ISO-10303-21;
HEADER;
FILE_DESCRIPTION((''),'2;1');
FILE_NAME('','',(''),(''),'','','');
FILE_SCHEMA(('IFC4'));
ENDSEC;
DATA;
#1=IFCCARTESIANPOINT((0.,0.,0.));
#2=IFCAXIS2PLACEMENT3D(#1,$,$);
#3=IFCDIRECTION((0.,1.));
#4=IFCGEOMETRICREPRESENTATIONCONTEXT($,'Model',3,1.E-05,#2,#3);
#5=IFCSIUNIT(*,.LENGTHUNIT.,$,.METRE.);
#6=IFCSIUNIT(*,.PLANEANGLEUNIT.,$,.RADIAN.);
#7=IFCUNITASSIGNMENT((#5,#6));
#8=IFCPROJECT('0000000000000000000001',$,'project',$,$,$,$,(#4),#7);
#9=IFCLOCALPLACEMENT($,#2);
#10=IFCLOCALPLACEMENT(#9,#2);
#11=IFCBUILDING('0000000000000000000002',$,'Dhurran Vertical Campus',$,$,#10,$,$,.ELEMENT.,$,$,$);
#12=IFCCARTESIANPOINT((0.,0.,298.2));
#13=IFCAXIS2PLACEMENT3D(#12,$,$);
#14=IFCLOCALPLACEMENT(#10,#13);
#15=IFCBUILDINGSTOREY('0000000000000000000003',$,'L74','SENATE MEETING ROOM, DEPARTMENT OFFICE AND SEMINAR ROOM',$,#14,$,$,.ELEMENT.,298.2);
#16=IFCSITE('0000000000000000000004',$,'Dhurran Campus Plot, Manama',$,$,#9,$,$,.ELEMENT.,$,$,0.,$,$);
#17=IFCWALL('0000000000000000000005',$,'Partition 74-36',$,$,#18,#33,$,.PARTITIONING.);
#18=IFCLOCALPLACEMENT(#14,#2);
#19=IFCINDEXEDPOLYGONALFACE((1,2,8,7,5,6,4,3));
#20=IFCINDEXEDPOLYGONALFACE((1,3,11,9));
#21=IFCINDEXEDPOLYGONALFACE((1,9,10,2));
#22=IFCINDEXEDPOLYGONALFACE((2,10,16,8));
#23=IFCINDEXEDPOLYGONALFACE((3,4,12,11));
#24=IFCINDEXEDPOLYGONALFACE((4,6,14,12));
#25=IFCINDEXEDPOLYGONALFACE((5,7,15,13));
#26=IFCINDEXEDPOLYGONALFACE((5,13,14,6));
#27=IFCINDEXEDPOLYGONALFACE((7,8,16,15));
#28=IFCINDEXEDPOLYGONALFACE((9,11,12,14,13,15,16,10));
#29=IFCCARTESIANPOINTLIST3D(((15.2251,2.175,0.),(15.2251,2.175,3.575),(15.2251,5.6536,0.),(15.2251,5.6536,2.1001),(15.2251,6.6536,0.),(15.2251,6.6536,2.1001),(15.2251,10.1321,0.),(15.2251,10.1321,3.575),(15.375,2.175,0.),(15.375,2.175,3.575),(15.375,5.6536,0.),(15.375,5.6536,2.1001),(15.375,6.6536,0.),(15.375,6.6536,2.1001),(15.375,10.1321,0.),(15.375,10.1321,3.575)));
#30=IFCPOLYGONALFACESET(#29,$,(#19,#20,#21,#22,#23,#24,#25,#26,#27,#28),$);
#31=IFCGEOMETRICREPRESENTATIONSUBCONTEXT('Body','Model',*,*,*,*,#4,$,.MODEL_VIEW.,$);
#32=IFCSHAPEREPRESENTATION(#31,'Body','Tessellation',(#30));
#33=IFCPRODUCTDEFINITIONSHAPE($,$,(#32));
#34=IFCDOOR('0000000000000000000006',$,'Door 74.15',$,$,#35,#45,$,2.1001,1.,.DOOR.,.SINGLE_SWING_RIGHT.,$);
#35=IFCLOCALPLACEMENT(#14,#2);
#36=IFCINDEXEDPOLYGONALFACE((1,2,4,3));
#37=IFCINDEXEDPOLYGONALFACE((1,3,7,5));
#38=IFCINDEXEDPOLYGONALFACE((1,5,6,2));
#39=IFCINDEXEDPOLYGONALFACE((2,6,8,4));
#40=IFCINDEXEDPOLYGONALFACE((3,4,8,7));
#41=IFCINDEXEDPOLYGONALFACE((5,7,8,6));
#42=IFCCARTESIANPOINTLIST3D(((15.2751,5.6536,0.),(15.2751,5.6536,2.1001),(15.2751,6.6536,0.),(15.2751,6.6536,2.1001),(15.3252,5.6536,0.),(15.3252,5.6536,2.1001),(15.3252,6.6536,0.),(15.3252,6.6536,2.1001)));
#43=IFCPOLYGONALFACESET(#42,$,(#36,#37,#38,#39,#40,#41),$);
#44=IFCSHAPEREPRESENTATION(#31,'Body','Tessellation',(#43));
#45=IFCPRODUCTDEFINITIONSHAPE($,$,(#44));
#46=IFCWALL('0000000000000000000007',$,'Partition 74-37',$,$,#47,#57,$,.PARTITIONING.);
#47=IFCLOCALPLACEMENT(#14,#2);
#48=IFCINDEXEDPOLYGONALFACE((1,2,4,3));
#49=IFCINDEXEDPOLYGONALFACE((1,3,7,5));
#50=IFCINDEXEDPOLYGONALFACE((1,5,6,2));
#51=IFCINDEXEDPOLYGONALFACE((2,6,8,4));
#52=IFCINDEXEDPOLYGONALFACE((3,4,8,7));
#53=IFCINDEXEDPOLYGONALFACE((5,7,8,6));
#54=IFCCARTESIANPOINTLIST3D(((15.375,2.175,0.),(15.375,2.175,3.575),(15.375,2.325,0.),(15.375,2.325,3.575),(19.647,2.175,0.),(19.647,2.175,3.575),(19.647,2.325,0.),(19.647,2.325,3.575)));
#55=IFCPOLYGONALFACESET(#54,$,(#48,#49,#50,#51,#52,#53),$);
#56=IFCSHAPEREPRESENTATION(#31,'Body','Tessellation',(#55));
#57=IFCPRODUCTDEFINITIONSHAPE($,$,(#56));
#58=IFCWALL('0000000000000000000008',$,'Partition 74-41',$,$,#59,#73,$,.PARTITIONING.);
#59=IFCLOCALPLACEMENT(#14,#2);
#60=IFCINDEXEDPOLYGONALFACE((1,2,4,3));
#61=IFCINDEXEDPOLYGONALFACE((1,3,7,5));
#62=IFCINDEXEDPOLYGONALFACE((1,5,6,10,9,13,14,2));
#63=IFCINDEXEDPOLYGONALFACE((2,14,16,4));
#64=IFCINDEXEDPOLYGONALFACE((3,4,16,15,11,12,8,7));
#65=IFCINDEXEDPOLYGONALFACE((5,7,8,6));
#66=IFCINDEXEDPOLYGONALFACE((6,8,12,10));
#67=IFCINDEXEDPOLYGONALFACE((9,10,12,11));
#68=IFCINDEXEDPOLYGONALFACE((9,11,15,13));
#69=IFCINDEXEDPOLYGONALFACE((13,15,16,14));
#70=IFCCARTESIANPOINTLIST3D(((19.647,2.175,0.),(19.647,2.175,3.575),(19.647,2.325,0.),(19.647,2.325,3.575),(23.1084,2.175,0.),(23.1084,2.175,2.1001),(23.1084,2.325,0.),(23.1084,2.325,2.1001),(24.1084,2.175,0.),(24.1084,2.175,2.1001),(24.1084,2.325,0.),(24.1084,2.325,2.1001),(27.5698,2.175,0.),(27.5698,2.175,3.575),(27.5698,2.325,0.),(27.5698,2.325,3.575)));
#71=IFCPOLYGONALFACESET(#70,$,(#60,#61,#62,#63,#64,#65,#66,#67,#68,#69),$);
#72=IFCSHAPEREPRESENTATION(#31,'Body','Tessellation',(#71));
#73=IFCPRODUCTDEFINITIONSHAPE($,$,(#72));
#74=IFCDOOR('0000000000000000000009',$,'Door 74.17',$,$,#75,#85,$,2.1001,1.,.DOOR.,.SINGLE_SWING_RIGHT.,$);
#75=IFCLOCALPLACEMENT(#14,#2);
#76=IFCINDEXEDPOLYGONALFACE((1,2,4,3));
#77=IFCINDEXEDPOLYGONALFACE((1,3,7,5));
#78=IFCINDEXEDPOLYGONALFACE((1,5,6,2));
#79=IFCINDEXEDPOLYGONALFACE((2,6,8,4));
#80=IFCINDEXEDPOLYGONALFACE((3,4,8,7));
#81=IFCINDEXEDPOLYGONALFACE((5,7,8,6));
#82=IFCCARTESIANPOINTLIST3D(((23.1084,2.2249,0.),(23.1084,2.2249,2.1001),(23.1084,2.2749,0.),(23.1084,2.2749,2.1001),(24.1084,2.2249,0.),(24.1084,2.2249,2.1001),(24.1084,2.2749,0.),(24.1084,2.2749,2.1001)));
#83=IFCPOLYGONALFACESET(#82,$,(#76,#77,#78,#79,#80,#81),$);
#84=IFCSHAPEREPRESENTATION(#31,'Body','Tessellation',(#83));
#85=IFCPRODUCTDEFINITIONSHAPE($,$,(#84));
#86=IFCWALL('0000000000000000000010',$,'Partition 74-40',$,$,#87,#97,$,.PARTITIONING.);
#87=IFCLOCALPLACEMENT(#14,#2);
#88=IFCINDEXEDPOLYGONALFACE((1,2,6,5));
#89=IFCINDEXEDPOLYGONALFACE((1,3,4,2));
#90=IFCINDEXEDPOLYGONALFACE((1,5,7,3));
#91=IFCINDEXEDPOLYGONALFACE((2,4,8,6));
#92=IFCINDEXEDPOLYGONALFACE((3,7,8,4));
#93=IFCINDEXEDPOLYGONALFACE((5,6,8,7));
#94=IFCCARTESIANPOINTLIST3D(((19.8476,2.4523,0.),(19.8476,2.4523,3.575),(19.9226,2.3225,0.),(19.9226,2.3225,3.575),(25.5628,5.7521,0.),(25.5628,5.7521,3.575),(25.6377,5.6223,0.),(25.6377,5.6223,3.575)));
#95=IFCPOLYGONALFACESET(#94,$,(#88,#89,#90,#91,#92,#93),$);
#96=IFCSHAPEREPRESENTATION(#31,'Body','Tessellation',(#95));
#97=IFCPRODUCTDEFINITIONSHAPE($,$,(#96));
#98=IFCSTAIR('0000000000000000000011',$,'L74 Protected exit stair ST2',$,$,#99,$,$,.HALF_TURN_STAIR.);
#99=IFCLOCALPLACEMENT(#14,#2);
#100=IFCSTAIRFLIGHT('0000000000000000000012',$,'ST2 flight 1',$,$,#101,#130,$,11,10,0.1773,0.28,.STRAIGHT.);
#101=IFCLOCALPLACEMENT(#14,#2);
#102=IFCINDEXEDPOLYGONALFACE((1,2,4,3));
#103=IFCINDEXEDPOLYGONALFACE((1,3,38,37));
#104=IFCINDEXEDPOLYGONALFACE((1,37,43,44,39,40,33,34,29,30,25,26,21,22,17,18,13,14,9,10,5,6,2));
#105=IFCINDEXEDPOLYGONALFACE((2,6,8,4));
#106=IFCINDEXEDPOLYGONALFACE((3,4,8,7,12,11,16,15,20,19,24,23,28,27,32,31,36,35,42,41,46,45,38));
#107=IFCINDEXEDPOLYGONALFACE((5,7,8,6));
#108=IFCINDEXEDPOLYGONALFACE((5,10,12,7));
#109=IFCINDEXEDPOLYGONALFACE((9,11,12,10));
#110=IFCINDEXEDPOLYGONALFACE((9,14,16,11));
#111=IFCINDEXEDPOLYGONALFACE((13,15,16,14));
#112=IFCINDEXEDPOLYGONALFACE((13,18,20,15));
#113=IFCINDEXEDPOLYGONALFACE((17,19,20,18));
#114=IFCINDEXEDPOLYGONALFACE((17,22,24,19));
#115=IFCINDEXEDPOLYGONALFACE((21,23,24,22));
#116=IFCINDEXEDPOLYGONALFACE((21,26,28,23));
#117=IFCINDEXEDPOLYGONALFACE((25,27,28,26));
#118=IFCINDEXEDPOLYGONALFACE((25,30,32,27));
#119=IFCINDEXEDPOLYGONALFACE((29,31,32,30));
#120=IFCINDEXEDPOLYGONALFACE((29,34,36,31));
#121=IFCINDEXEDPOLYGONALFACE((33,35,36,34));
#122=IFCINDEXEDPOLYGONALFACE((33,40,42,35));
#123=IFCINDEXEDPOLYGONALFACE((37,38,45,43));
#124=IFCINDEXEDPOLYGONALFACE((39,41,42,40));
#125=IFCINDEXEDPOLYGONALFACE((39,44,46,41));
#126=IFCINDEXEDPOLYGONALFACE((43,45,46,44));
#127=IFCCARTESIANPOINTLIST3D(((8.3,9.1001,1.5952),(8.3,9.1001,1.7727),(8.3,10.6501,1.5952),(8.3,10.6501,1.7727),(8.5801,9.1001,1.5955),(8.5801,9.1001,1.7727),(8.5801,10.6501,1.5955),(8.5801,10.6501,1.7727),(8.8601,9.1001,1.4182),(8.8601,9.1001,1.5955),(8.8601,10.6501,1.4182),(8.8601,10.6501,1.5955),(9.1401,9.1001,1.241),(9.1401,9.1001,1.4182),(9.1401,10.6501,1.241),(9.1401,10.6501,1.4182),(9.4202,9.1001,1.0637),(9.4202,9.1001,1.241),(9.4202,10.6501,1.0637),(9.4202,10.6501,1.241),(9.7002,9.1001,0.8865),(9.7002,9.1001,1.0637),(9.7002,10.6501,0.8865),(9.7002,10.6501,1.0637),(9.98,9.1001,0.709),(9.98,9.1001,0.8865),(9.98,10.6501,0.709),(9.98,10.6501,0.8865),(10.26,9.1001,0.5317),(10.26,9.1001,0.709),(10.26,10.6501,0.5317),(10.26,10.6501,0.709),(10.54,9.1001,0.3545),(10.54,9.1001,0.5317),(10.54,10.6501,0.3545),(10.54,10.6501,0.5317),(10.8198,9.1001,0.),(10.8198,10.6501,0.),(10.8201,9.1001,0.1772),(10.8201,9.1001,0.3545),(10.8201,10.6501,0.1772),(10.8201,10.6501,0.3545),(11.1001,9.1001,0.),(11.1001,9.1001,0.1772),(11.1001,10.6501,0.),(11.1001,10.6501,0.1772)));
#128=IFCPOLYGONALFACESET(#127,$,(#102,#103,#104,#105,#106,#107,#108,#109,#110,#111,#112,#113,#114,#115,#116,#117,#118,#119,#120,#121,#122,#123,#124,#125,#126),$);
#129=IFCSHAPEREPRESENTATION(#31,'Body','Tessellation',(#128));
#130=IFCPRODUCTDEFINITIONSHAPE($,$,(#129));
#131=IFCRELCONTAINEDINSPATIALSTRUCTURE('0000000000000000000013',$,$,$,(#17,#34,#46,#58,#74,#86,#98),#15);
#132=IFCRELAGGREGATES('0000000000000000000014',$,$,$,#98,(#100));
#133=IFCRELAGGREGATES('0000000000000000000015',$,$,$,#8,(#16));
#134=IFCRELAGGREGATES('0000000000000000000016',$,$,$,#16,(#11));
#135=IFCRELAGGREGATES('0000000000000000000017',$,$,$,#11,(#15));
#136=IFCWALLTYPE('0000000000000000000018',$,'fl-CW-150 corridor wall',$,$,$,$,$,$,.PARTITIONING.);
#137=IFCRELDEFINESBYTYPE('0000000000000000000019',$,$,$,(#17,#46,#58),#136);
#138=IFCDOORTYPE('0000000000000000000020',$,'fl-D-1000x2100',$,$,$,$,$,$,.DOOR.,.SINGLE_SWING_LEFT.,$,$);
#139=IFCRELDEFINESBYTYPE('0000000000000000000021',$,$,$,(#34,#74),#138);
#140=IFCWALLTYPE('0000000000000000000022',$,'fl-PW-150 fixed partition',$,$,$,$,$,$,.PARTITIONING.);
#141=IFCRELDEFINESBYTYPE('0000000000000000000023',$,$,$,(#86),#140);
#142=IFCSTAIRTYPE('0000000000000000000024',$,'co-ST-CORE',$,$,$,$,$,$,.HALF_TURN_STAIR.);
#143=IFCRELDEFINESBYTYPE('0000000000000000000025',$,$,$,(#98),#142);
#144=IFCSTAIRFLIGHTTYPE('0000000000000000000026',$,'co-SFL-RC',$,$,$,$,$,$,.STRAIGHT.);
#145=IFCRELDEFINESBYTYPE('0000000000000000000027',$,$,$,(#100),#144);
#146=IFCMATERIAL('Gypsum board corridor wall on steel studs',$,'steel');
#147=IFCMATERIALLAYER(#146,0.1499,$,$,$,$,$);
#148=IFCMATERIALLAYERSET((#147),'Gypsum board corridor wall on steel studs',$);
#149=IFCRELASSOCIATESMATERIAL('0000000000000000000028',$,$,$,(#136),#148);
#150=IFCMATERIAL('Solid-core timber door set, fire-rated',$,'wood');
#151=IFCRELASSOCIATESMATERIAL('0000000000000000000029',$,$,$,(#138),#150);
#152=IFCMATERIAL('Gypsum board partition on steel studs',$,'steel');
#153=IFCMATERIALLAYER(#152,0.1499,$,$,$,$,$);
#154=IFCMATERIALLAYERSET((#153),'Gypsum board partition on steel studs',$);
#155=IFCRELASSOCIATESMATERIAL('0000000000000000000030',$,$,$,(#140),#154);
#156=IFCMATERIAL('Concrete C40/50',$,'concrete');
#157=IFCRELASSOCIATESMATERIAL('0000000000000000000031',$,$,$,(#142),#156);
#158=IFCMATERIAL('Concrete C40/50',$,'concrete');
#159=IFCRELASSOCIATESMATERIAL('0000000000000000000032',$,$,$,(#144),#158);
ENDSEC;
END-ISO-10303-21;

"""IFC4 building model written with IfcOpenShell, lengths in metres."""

from ifc_helpers import new_model, si_unit, direction, frame, frame_2d, origin, place, context, subcontext, project, spatial, polyline, rectangle, outline, extrude, material, layer, layer_set, type_object, element, fill, aggregate, save


model = new_model("IFC4")

# Units and contexts
model_context = context("Model", 3, precision=1e-05, world=origin(), true_north=direction((0.0, 1.0)))
body_context = subcontext(model_context, "Body", "Model", "MODEL_VIEW")
ifc_project = project(units=[si_unit("LENGTHUNIT", "METRE"), si_unit("PLANEANGLEUNIT", "RADIAN")], contexts=[model_context])

# Site, building, storey
site_placement = place(None, origin())
site = spatial("IfcSite", under=ifc_project, at=site_placement, Name="Dhurran Campus Plot, Manama", CompositionType="ELEMENT", RefElevation=0.0)
building_placement = place(site_placement, origin())
building = spatial("IfcBuilding", under=site, at=building_placement, Name="Dhurran Vertical Campus", CompositionType="ELEMENT")
storey_placement = place(building_placement, frame((0.0, 0.0, 298.2)))
storey = spatial("IfcBuildingStorey", under=building, at=storey_placement, Name="L74", Description="SENATE MEETING ROOM, DEPARTMENT OFFICE AND SEMINAR ROOM", CompositionType="ELEMENT", Elevation=298.2)

# Wall, opening, door
ifc_material_1 = material(Name="Gypsum board corridor wall on steel studs", Category="steel")
ifc_layer_1 = layer(ifc_material_1, 0.1499)
ifc_layer_set_1 = layer_set([ifc_layer_1], Name="Gypsum board corridor wall on steel studs")
wall_type_1 = type_object("IfcWallType", Name="fl-CW-150 corridor wall", PredefinedType="PARTITIONING", material=ifc_layer_set_1)
wall_1_placement = place(storey_placement, frame((15.3, 2.175, 0.0), z_axis=(0.0, 0.0, 1.0), x_axis=(0.0, 1.0, 0.0)))
wall_1 = element("IfcWall", 1, at=wall_1_placement, inside=storey, type_object=wall_type_1, Name="Partition 74-36", PredefinedType="PARTITIONING", context=body_context, shape_type="SweptSolid", body=[
    extrude(rectangle(XDim=7.957, YDim=0.1499, at=frame_2d((3.9785, 0.0))), origin(), (0.0, 0.0, 1.0), 3.575),
])
opening_1_placement = place(wall_1_placement, frame((3.4785, 0.0, 0.0)))
opening_1 = element("IfcOpeningElement", 2, at=opening_1_placement, cuts=wall_1, PredefinedType="OPENING", context=body_context, shape_type="SweptSolid", body=[
    extrude(rectangle(XDim=1.0, YDim=2.1001, at=frame_2d((0.5, 1.05))), frame((0.0, 0.085, 0.0), z_axis=(0.0, -1.0, 0.0), x_axis=(1.0, 0.0, 0.0)), (0.0, 0.0, 1.0), 0.1699),
])
ifc_material_2 = material(Name="Solid-core timber door set, fire-rated", Category="wood")
door_type = type_object("IfcDoorType", Name="fl-D-1000x2100", OperationType="SINGLE_SWING_LEFT", PredefinedType="DOOR", material=ifc_material_2)
door_1_placement = place(opening_1_placement, origin())
door_1 = element("IfcDoor", 3, at=door_1_placement, inside=storey, type_object=door_type, Name="Door 74.15", OperationType="SINGLE_SWING_RIGHT", OverallHeight=2.1001, OverallWidth=1.0, PredefinedType="DOOR", context=body_context, shape_type="SweptSolid", body=[
    extrude(rectangle(XDim=1.0, YDim=2.1001, at=frame_2d((0.5, 1.05))), frame((0.0, 0.0249, 0.0), z_axis=(0.0, -1.0, 0.0), x_axis=(1.0, 0.0, 0.0)), (0.0, 0.0, 1.0), 0.05),
])
fill(opening_1, door_1)

# Wall
wall_2_placement = place(storey_placement, frame((15.375, 2.25, 0.0), z_axis=(0.0, 0.0, 1.0), x_axis=(1.0, 0.0, 0.0)))
element("IfcWall", 4, at=wall_2_placement, inside=storey, type_object=wall_type_1, Name="Partition 74-37", PredefinedType="PARTITIONING", context=body_context, shape_type="SweptSolid", body=[
    extrude(rectangle(XDim=4.272, YDim=0.1499, at=frame_2d((2.136, 0.0))), origin(), (0.0, 0.0, 1.0), 3.575),
])

# Wall, opening, door
wall_3_placement = place(storey_placement, frame((19.647, 2.25, 0.0), z_axis=(0.0, 0.0, 1.0), x_axis=(1.0, 0.0, 0.0)))
wall_3 = element("IfcWall", 5, at=wall_3_placement, inside=storey, type_object=wall_type_1, Name="Partition 74-41", PredefinedType="PARTITIONING", context=body_context, shape_type="SweptSolid", body=[
    extrude(rectangle(XDim=7.9229, YDim=0.1499, at=frame_2d((3.9614, 0.0))), origin(), (0.0, 0.0, 1.0), 3.575),
])
opening_2_placement = place(wall_3_placement, frame((3.4614, 0.0, 0.0)))
opening_2 = element("IfcOpeningElement", 6, at=opening_2_placement, cuts=wall_3, PredefinedType="OPENING", context=body_context, shape_type="SweptSolid", body=[
    extrude(rectangle(XDim=1.0, YDim=2.1001, at=frame_2d((0.5, 1.05))), frame((0.0, 0.085, 0.0), z_axis=(0.0, -1.0, 0.0), x_axis=(1.0, 0.0, 0.0)), (0.0, 0.0, 1.0), 0.1699),
])
door_2_placement = place(opening_2_placement, origin())
door_2 = element("IfcDoor", 7, at=door_2_placement, inside=storey, type_object=door_type, Name="Door 74.17", OperationType="SINGLE_SWING_RIGHT", OverallHeight=2.1001, OverallWidth=1.0, PredefinedType="DOOR", context=body_context, shape_type="SweptSolid", body=[
    extrude(rectangle(XDim=1.0, YDim=2.1001, at=frame_2d((0.5, 1.05))), frame((0.0, 0.0249, 0.0), z_axis=(0.0, -1.0, 0.0), x_axis=(1.0, 0.0, 0.0)), (0.0, 0.0, 1.0), 0.05),
])
fill(opening_2, door_2)

# Wall
ifc_material_3 = material(Name="Gypsum board partition on steel studs", Category="steel")
ifc_layer_2 = layer(ifc_material_3, 0.1499)
ifc_layer_set_2 = layer_set([ifc_layer_2], Name="Gypsum board partition on steel studs")
wall_type_2 = type_object("IfcWallType", Name="fl-PW-150 fixed partition", PredefinedType="PARTITIONING", material=ifc_layer_set_2)
wall_4_placement = place(storey_placement, frame((25.6003, 5.6873, 0.0), z_axis=(0.0, 0.0, 1.0), x_axis=(-0.866012, -0.500022, 0.0)))
element("IfcWall", 8, at=wall_4_placement, inside=storey, type_object=wall_type_2, Name="Partition 74-40", PredefinedType="PARTITIONING", context=body_context, shape_type="SweptSolid", body=[
    extrude(rectangle(XDim=6.5994, YDim=0.1499, at=frame_2d((3.2998, 0.0))), origin(), (0.0, 0.0, 1.0), 3.575),
])

# Stair, stair flight
ifc_material_4 = material(Name="Concrete C40/50", Category="concrete")
stair_type = type_object("IfcStairType", Name="co-ST-CORE", PredefinedType="HALF_TURN_STAIR", material=ifc_material_4)
stair_placement = place(storey_placement, origin())
stair = element("IfcStair", 9, at=stair_placement, inside=storey, type_object=stair_type, Name="L74 Protected exit stair ST2", PredefinedType="HALF_TURN_STAIR")
ifc_material_5 = material(Name="Concrete C40/50", Category="concrete")
stair_flight_type = type_object("IfcStairFlightType", Name="co-SFL-RC", PredefinedType="STRAIGHT", material=ifc_material_5)
stair_flight_placement = place(storey_placement, frame((11.1001, 9.875, 0.0), z_axis=(0.0, 0.0, 1.0), x_axis=(-1.0, 0.0, 0.0)))
stair_flight = element("IfcStairFlight", 10, at=stair_flight_placement, type_object=stair_flight_type, Name="ST2 flight 1", NumberOfRisers=11, NumberOfTreads=10, PredefinedType="STRAIGHT", RiserHeight=0.1773, TreadLength=0.28, context=body_context, shape_type="SweptSolid", body=[
    extrude(outline(polyline([(0.0, 0.0), (0.0, 0.1772), (0.28, 0.1772), (0.28, 0.3545), (0.5601, 0.3545), (0.5601, 0.5317), (0.8401, 0.5317), (0.8401, 0.709), (1.1201, 0.709), (1.1201, 0.8865), (1.3999, 0.8865), (1.3999, 1.0637), (1.6799, 1.0637), (1.6799, 1.241), (1.96, 1.241), (1.96, 1.4182), (2.24, 1.4182), (2.24, 1.5955), (2.52, 1.5955), (2.52, 1.7727), (2.8, 1.7727), (2.8, 1.95), (2.8, 1.5952), (0.2803, 0.0), (0.0, 0.0)])), frame((0.0, 0.7749, 0.0), z_axis=(0.0, -1.0, 0.0), x_axis=(1.0, 0.0, 0.0)), (0.0, 0.0, 1.0), 1.55),
])
aggregate(stair, [stair_flight])

save(model, "model.ifc")
